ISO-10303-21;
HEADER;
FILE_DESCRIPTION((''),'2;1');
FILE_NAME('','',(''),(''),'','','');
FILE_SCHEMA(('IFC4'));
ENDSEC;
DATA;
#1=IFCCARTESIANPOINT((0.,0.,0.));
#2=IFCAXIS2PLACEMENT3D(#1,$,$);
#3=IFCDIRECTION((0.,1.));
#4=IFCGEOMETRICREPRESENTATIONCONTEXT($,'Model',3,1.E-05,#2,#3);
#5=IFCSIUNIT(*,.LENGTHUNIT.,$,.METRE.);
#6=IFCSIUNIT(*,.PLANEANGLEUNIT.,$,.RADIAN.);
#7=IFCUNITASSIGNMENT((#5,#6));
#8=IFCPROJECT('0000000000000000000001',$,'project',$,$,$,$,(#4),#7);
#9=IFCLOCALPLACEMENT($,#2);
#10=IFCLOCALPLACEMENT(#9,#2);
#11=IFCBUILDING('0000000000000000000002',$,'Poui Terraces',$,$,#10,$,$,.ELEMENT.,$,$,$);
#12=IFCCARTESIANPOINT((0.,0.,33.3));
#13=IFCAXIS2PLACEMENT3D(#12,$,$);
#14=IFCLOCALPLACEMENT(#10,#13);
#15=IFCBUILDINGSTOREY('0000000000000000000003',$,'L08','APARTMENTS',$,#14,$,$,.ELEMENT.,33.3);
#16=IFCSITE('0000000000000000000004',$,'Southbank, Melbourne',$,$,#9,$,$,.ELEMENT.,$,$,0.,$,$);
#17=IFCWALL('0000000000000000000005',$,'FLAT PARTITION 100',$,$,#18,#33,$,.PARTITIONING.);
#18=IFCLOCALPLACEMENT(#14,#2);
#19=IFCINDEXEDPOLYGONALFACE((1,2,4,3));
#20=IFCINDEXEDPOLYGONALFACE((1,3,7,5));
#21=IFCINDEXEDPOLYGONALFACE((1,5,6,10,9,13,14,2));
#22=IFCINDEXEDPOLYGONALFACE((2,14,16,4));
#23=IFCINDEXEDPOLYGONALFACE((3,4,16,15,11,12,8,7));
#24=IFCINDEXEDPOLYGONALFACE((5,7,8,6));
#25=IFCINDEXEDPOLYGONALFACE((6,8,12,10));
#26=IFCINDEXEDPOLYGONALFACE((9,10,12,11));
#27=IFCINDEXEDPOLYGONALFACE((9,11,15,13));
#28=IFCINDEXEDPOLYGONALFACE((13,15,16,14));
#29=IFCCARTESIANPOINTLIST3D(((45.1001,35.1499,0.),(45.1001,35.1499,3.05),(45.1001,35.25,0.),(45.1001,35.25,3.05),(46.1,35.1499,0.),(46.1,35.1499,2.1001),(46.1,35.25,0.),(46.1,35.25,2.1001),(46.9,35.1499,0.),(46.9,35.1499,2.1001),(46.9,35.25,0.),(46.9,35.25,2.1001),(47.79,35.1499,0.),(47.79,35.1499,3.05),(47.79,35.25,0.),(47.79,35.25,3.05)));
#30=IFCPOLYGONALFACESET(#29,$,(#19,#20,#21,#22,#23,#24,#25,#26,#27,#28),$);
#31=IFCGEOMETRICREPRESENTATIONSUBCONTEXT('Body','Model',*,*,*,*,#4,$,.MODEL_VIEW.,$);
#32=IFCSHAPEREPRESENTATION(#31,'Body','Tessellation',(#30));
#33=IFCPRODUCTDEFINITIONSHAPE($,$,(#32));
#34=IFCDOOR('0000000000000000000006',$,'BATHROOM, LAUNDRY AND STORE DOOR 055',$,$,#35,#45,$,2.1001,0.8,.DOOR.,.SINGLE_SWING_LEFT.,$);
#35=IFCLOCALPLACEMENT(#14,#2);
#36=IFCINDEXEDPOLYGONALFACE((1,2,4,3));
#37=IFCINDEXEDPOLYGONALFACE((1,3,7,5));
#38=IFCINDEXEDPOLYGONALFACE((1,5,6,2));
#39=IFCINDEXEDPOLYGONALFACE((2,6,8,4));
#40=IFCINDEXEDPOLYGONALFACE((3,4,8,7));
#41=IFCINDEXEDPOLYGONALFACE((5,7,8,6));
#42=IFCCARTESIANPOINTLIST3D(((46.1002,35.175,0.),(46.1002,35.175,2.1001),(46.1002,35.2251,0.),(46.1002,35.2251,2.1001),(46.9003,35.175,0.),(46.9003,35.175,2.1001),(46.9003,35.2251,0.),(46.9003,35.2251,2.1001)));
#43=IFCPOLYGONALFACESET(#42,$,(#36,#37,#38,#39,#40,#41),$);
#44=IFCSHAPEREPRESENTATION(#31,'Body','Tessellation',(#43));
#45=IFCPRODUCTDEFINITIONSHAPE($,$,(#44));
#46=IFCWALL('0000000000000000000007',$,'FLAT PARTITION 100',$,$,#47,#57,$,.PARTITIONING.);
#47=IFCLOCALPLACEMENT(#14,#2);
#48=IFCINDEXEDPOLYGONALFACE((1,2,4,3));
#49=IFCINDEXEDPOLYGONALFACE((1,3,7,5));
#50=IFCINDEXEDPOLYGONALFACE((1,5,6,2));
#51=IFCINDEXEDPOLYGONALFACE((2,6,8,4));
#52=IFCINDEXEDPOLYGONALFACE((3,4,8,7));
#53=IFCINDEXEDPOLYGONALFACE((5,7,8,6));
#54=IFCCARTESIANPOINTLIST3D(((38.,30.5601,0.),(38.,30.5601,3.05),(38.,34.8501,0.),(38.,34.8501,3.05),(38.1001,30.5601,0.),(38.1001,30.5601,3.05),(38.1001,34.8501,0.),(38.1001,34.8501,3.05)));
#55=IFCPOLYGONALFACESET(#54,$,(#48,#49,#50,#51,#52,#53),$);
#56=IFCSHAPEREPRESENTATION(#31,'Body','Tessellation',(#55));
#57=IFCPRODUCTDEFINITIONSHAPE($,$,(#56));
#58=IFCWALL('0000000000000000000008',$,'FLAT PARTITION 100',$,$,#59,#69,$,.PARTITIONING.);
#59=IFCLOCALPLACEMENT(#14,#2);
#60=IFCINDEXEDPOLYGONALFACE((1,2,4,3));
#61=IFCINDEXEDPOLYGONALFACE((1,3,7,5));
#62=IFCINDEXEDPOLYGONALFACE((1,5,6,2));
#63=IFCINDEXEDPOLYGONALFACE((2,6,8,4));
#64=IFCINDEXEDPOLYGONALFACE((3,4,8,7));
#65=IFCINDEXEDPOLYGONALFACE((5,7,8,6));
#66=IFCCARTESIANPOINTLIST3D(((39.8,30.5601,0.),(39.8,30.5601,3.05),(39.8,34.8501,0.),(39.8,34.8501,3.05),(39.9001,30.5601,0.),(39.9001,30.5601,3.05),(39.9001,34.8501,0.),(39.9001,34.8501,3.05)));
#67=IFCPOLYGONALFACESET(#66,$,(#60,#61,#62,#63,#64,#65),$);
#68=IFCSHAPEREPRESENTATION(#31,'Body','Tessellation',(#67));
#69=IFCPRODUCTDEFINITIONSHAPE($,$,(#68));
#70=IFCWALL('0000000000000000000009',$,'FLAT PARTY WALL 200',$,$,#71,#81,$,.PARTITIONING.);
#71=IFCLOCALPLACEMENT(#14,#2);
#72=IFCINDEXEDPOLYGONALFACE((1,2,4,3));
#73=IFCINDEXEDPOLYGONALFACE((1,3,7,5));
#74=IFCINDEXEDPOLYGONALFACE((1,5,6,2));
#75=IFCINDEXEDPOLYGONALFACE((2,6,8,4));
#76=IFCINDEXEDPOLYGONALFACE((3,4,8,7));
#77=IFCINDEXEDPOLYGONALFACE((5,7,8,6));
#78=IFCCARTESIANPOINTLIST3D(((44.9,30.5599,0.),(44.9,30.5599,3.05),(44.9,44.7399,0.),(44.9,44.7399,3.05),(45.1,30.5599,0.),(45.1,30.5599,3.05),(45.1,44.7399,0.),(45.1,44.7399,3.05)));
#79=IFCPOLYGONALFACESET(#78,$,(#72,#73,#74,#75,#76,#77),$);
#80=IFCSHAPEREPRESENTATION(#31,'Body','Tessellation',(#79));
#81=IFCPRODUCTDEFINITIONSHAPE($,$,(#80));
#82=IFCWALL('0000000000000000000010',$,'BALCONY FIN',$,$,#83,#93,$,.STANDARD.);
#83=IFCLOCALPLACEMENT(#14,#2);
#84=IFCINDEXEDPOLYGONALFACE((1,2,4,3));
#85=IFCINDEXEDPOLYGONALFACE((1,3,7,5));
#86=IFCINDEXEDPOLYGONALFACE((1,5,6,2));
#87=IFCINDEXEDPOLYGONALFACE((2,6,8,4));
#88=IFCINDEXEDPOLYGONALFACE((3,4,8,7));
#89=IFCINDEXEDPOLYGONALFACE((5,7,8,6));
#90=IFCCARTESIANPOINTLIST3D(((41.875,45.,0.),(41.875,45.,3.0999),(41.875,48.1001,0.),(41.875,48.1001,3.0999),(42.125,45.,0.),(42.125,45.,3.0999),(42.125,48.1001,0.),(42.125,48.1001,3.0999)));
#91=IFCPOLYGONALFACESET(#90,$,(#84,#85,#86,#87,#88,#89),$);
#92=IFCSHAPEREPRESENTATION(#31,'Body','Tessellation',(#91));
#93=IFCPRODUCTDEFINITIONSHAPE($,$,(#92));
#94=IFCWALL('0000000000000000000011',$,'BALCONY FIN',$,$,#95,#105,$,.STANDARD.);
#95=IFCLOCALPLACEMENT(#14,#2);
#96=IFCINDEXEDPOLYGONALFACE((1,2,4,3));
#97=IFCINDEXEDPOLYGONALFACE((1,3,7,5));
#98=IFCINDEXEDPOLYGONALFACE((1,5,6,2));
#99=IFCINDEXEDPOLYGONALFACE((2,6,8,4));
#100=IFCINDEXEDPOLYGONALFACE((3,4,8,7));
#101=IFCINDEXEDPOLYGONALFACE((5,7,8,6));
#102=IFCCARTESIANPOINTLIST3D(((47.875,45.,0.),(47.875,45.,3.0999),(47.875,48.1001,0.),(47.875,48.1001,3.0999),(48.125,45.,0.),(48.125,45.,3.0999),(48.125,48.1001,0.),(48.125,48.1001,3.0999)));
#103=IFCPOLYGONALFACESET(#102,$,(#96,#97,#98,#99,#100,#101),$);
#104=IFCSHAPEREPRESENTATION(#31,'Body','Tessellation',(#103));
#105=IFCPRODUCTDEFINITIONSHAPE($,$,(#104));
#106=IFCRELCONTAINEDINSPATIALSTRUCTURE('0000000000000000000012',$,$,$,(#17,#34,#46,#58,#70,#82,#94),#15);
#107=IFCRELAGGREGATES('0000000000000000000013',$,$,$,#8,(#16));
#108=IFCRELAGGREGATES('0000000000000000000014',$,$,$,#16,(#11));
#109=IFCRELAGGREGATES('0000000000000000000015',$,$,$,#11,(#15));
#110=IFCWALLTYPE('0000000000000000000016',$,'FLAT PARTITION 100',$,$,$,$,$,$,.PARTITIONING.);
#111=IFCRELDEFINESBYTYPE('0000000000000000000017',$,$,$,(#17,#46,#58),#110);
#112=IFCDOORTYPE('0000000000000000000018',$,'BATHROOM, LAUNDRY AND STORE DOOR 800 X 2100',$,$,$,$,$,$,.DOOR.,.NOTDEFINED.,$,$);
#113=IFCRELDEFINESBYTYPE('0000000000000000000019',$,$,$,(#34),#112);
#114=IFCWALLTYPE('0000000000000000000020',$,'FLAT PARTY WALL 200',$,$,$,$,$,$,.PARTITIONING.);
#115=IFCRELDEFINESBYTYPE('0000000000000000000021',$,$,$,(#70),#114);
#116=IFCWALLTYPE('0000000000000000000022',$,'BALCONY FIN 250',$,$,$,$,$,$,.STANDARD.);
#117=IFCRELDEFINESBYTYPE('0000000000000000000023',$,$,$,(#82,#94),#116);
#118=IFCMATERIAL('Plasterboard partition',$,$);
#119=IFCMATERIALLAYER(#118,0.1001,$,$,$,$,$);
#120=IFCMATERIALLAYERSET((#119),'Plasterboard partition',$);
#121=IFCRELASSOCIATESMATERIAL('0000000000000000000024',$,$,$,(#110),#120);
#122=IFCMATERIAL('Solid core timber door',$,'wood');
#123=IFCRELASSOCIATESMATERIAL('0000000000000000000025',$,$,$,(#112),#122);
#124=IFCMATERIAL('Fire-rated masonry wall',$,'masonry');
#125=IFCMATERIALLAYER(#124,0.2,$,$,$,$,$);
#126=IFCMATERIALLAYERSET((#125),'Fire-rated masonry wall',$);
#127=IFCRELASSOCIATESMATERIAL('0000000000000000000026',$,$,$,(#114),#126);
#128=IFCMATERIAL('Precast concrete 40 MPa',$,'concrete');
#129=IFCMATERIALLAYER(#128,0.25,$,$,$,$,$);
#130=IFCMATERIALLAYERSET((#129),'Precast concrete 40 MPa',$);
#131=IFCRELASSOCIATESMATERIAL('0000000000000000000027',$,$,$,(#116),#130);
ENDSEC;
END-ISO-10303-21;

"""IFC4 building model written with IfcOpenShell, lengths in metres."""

from ifc_helpers import new_model, si_unit, direction, frame, frame_2d, origin, place, context, subcontext, project, spatial, polyline, rectangle, outline, extrude, source, transform, mapped, material, layer, layer_set, type_object, element, fill, save


model = new_model("IFC4")

# Units and contexts
model_context = context("Model", 3, precision=1e-05, world=origin(), true_north=direction((0.0, 1.0)))
body_context = subcontext(model_context, "Body", "Model", "MODEL_VIEW")
ifc_project = project(units=[si_unit("LENGTHUNIT", "METRE"), si_unit("PLANEANGLEUNIT", "RADIAN")], contexts=[model_context])

# Site, building, storey
site_placement = place(None, origin())
site = spatial("IfcSite", under=ifc_project, at=site_placement, Name="Southbank, Melbourne", CompositionType="ELEMENT", RefElevation=0.0)
building_placement = place(site_placement, origin())
building = spatial("IfcBuilding", under=site, at=building_placement, Name="Poui Terraces", CompositionType="ELEMENT")
storey_placement = place(building_placement, frame((0.0, 0.0, 33.3)))
storey = spatial("IfcBuildingStorey", under=building, at=storey_placement, Name="L08", Description="APARTMENTS", CompositionType="ELEMENT", Elevation=33.3)

# Wall, opening, door
ifc_material_1 = material(Name="Solid core timber door", Category="wood")
ifc_material_2 = material(Name="Plasterboard partition")
ifc_layer_1 = layer(ifc_material_2, 0.1001)
ifc_layer_set_1 = layer_set([ifc_layer_1], Name="Plasterboard partition")
wall_type_1 = type_object("IfcWallType", Name="FLAT PARTITION 100", PredefinedType="PARTITIONING", material=ifc_layer_set_1)
door_type_1 = type_object("IfcDoorType", Name="BATHROOM, LAUNDRY AND STORE DOOR 800 X 2100", OperationType="NOTDEFINED", PredefinedType="DOOR", material=ifc_material_1)
wall_1_placement = place(storey_placement, frame((45.1001, 35.2, 0.0), z_axis=(0.0, 0.0, 1.0), x_axis=(1.0, 0.0, 0.0)))
wall_1 = element("IfcWall", 1, at=wall_1_placement, inside=storey, type_object=wall_type_1, Name="FLAT PARTITION 100", PredefinedType="PARTITIONING", context=body_context, shape_type="SweptSolid", body=[
    extrude(rectangle(XDim=2.6899, YDim=0.1001, at=frame_2d((1.345, 0.0))), origin(), (0.0, 0.0, 1.0), 3.05),
])
opening_1_placement = place(wall_1_placement, frame((1.0, 0.0, 0.0)))
opening_1 = element("IfcOpeningElement", 2, at=opening_1_placement, cuts=wall_1, PredefinedType="OPENING", context=body_context, shape_type="SweptSolid", body=[
    extrude(rectangle(XDim=0.8, YDim=2.1001, at=frame_2d((0.3999, 1.05))), frame((0.0, 0.0601, 0.0), z_axis=(0.0, -1.0, 0.0), x_axis=(1.0, 0.0, 0.0)), (0.0, 0.0, 1.0), 0.1201),
])
door_1_placement = place(opening_1_placement, frame((0.8, 0.0, 0.0), z_axis=(0.0, 0.0, 1.0), x_axis=(-1.0, 0.0, 0.0)))
door_1 = element("IfcDoor", 3, at=door_1_placement, inside=storey, type_object=door_type_1, Name="BATHROOM, LAUNDRY AND STORE DOOR 055", OperationType="SINGLE_SWING_LEFT", OverallHeight=2.1001, OverallWidth=0.8, PredefinedType="DOOR", context=body_context, shape_type="SweptSolid", body=[
    extrude(rectangle(XDim=0.8, YDim=2.1001, at=frame_2d((0.3999, 1.05))), frame((0.0, 0.0249, 0.0), z_axis=(0.0, -1.0, 0.0), x_axis=(1.0, 0.0, 0.0)), (0.0, 0.0, 1.0), 0.05),
])
fill(opening_1, door_1)

# Walls
for number, where, z_axis, x_axis, name in (
    (4, (38.05, 30.5601, 0.0), (0.0, 0.0, 1.0), (0.0, 1.0, 0.0), "FLAT PARTITION 100"),
    (5, (39.8501, 30.5601, 0.0), (0.0, 0.0, 1.0), (0.0, 1.0, 0.0), "FLAT PARTITION 100"),
):
    element("IfcWall", number, at=place(storey_placement, frame(where, z_axis=z_axis, x_axis=x_axis)), inside=storey, type_object=wall_type_1, Name=name, PredefinedType="PARTITIONING", context=body_context, shape_type="SweptSolid", body=[
        extrude(rectangle(XDim=4.29, YDim=0.1001, at=frame_2d((2.145, 0.0))), origin(), (0.0, 0.0, 1.0), 3.05),
    ])
ifc_material_3 = material(Name="Fire-rated masonry wall", Category="masonry")
ifc_layer_2 = layer(ifc_material_3, 0.2)
ifc_layer_set_2 = layer_set([ifc_layer_2], Name="Fire-rated masonry wall")
wall_type_2 = type_object("IfcWallType", Name="FLAT PARTY WALL 200", PredefinedType="PARTITIONING", material=ifc_layer_set_2)
wall_2_placement = place(storey_placement, frame((45.0, 30.5601, 0.0), z_axis=(0.0, 0.0, 1.0), x_axis=(0.0, 1.0, 0.0)))
element("IfcWall", 6, at=wall_2_placement, inside=storey, type_object=wall_type_2, Name="FLAT PARTY WALL 200", PredefinedType="PARTITIONING", context=body_context, shape_type="SweptSolid", body=[
    extrude(rectangle(XDim=14.1799, YDim=0.2, at=frame_2d((7.0898, 0.0))), origin(), (0.0, 0.0, 1.0), 3.05),
])
ifc_material_4 = material(Name="Precast concrete 40 MPa", Category="concrete")
ifc_layer_3 = layer(ifc_material_4, 0.25)
ifc_layer_set_3 = layer_set([ifc_layer_3], Name="Precast concrete 40 MPa")
wall_type_3 = type_object("IfcWallType", Name="BALCONY FIN 250", PredefinedType="STANDARD", material=ifc_layer_set_3)
shared_shape_1 = source(origin(), body_context, "Body", "SweptSolid", [
    extrude(outline(polyline([(0.0, 0.0), (0.25, 0.0), (0.25, 3.1001), (0.0, 3.1001), (0.0, 0.0)])), origin(), (0.0, 0.0, 1.0), 3.0999),
])
for number, where, name in (
    (7, (41.875, 45.0, 0.0), "BALCONY FIN"),
    (8, (47.875, 45.0, 0.0), "BALCONY FIN"),
):
    element("IfcWall", number, at=place(storey_placement, frame(where)), inside=storey, type_object=wall_type_3, Name=name, PredefinedType="STANDARD", context=body_context, shape_type="MappedRepresentation", body=[
        mapped(shared_shape_1, transform((0.0, 0.0, 0.0))),
    ])

save(model, "model.ifc")
